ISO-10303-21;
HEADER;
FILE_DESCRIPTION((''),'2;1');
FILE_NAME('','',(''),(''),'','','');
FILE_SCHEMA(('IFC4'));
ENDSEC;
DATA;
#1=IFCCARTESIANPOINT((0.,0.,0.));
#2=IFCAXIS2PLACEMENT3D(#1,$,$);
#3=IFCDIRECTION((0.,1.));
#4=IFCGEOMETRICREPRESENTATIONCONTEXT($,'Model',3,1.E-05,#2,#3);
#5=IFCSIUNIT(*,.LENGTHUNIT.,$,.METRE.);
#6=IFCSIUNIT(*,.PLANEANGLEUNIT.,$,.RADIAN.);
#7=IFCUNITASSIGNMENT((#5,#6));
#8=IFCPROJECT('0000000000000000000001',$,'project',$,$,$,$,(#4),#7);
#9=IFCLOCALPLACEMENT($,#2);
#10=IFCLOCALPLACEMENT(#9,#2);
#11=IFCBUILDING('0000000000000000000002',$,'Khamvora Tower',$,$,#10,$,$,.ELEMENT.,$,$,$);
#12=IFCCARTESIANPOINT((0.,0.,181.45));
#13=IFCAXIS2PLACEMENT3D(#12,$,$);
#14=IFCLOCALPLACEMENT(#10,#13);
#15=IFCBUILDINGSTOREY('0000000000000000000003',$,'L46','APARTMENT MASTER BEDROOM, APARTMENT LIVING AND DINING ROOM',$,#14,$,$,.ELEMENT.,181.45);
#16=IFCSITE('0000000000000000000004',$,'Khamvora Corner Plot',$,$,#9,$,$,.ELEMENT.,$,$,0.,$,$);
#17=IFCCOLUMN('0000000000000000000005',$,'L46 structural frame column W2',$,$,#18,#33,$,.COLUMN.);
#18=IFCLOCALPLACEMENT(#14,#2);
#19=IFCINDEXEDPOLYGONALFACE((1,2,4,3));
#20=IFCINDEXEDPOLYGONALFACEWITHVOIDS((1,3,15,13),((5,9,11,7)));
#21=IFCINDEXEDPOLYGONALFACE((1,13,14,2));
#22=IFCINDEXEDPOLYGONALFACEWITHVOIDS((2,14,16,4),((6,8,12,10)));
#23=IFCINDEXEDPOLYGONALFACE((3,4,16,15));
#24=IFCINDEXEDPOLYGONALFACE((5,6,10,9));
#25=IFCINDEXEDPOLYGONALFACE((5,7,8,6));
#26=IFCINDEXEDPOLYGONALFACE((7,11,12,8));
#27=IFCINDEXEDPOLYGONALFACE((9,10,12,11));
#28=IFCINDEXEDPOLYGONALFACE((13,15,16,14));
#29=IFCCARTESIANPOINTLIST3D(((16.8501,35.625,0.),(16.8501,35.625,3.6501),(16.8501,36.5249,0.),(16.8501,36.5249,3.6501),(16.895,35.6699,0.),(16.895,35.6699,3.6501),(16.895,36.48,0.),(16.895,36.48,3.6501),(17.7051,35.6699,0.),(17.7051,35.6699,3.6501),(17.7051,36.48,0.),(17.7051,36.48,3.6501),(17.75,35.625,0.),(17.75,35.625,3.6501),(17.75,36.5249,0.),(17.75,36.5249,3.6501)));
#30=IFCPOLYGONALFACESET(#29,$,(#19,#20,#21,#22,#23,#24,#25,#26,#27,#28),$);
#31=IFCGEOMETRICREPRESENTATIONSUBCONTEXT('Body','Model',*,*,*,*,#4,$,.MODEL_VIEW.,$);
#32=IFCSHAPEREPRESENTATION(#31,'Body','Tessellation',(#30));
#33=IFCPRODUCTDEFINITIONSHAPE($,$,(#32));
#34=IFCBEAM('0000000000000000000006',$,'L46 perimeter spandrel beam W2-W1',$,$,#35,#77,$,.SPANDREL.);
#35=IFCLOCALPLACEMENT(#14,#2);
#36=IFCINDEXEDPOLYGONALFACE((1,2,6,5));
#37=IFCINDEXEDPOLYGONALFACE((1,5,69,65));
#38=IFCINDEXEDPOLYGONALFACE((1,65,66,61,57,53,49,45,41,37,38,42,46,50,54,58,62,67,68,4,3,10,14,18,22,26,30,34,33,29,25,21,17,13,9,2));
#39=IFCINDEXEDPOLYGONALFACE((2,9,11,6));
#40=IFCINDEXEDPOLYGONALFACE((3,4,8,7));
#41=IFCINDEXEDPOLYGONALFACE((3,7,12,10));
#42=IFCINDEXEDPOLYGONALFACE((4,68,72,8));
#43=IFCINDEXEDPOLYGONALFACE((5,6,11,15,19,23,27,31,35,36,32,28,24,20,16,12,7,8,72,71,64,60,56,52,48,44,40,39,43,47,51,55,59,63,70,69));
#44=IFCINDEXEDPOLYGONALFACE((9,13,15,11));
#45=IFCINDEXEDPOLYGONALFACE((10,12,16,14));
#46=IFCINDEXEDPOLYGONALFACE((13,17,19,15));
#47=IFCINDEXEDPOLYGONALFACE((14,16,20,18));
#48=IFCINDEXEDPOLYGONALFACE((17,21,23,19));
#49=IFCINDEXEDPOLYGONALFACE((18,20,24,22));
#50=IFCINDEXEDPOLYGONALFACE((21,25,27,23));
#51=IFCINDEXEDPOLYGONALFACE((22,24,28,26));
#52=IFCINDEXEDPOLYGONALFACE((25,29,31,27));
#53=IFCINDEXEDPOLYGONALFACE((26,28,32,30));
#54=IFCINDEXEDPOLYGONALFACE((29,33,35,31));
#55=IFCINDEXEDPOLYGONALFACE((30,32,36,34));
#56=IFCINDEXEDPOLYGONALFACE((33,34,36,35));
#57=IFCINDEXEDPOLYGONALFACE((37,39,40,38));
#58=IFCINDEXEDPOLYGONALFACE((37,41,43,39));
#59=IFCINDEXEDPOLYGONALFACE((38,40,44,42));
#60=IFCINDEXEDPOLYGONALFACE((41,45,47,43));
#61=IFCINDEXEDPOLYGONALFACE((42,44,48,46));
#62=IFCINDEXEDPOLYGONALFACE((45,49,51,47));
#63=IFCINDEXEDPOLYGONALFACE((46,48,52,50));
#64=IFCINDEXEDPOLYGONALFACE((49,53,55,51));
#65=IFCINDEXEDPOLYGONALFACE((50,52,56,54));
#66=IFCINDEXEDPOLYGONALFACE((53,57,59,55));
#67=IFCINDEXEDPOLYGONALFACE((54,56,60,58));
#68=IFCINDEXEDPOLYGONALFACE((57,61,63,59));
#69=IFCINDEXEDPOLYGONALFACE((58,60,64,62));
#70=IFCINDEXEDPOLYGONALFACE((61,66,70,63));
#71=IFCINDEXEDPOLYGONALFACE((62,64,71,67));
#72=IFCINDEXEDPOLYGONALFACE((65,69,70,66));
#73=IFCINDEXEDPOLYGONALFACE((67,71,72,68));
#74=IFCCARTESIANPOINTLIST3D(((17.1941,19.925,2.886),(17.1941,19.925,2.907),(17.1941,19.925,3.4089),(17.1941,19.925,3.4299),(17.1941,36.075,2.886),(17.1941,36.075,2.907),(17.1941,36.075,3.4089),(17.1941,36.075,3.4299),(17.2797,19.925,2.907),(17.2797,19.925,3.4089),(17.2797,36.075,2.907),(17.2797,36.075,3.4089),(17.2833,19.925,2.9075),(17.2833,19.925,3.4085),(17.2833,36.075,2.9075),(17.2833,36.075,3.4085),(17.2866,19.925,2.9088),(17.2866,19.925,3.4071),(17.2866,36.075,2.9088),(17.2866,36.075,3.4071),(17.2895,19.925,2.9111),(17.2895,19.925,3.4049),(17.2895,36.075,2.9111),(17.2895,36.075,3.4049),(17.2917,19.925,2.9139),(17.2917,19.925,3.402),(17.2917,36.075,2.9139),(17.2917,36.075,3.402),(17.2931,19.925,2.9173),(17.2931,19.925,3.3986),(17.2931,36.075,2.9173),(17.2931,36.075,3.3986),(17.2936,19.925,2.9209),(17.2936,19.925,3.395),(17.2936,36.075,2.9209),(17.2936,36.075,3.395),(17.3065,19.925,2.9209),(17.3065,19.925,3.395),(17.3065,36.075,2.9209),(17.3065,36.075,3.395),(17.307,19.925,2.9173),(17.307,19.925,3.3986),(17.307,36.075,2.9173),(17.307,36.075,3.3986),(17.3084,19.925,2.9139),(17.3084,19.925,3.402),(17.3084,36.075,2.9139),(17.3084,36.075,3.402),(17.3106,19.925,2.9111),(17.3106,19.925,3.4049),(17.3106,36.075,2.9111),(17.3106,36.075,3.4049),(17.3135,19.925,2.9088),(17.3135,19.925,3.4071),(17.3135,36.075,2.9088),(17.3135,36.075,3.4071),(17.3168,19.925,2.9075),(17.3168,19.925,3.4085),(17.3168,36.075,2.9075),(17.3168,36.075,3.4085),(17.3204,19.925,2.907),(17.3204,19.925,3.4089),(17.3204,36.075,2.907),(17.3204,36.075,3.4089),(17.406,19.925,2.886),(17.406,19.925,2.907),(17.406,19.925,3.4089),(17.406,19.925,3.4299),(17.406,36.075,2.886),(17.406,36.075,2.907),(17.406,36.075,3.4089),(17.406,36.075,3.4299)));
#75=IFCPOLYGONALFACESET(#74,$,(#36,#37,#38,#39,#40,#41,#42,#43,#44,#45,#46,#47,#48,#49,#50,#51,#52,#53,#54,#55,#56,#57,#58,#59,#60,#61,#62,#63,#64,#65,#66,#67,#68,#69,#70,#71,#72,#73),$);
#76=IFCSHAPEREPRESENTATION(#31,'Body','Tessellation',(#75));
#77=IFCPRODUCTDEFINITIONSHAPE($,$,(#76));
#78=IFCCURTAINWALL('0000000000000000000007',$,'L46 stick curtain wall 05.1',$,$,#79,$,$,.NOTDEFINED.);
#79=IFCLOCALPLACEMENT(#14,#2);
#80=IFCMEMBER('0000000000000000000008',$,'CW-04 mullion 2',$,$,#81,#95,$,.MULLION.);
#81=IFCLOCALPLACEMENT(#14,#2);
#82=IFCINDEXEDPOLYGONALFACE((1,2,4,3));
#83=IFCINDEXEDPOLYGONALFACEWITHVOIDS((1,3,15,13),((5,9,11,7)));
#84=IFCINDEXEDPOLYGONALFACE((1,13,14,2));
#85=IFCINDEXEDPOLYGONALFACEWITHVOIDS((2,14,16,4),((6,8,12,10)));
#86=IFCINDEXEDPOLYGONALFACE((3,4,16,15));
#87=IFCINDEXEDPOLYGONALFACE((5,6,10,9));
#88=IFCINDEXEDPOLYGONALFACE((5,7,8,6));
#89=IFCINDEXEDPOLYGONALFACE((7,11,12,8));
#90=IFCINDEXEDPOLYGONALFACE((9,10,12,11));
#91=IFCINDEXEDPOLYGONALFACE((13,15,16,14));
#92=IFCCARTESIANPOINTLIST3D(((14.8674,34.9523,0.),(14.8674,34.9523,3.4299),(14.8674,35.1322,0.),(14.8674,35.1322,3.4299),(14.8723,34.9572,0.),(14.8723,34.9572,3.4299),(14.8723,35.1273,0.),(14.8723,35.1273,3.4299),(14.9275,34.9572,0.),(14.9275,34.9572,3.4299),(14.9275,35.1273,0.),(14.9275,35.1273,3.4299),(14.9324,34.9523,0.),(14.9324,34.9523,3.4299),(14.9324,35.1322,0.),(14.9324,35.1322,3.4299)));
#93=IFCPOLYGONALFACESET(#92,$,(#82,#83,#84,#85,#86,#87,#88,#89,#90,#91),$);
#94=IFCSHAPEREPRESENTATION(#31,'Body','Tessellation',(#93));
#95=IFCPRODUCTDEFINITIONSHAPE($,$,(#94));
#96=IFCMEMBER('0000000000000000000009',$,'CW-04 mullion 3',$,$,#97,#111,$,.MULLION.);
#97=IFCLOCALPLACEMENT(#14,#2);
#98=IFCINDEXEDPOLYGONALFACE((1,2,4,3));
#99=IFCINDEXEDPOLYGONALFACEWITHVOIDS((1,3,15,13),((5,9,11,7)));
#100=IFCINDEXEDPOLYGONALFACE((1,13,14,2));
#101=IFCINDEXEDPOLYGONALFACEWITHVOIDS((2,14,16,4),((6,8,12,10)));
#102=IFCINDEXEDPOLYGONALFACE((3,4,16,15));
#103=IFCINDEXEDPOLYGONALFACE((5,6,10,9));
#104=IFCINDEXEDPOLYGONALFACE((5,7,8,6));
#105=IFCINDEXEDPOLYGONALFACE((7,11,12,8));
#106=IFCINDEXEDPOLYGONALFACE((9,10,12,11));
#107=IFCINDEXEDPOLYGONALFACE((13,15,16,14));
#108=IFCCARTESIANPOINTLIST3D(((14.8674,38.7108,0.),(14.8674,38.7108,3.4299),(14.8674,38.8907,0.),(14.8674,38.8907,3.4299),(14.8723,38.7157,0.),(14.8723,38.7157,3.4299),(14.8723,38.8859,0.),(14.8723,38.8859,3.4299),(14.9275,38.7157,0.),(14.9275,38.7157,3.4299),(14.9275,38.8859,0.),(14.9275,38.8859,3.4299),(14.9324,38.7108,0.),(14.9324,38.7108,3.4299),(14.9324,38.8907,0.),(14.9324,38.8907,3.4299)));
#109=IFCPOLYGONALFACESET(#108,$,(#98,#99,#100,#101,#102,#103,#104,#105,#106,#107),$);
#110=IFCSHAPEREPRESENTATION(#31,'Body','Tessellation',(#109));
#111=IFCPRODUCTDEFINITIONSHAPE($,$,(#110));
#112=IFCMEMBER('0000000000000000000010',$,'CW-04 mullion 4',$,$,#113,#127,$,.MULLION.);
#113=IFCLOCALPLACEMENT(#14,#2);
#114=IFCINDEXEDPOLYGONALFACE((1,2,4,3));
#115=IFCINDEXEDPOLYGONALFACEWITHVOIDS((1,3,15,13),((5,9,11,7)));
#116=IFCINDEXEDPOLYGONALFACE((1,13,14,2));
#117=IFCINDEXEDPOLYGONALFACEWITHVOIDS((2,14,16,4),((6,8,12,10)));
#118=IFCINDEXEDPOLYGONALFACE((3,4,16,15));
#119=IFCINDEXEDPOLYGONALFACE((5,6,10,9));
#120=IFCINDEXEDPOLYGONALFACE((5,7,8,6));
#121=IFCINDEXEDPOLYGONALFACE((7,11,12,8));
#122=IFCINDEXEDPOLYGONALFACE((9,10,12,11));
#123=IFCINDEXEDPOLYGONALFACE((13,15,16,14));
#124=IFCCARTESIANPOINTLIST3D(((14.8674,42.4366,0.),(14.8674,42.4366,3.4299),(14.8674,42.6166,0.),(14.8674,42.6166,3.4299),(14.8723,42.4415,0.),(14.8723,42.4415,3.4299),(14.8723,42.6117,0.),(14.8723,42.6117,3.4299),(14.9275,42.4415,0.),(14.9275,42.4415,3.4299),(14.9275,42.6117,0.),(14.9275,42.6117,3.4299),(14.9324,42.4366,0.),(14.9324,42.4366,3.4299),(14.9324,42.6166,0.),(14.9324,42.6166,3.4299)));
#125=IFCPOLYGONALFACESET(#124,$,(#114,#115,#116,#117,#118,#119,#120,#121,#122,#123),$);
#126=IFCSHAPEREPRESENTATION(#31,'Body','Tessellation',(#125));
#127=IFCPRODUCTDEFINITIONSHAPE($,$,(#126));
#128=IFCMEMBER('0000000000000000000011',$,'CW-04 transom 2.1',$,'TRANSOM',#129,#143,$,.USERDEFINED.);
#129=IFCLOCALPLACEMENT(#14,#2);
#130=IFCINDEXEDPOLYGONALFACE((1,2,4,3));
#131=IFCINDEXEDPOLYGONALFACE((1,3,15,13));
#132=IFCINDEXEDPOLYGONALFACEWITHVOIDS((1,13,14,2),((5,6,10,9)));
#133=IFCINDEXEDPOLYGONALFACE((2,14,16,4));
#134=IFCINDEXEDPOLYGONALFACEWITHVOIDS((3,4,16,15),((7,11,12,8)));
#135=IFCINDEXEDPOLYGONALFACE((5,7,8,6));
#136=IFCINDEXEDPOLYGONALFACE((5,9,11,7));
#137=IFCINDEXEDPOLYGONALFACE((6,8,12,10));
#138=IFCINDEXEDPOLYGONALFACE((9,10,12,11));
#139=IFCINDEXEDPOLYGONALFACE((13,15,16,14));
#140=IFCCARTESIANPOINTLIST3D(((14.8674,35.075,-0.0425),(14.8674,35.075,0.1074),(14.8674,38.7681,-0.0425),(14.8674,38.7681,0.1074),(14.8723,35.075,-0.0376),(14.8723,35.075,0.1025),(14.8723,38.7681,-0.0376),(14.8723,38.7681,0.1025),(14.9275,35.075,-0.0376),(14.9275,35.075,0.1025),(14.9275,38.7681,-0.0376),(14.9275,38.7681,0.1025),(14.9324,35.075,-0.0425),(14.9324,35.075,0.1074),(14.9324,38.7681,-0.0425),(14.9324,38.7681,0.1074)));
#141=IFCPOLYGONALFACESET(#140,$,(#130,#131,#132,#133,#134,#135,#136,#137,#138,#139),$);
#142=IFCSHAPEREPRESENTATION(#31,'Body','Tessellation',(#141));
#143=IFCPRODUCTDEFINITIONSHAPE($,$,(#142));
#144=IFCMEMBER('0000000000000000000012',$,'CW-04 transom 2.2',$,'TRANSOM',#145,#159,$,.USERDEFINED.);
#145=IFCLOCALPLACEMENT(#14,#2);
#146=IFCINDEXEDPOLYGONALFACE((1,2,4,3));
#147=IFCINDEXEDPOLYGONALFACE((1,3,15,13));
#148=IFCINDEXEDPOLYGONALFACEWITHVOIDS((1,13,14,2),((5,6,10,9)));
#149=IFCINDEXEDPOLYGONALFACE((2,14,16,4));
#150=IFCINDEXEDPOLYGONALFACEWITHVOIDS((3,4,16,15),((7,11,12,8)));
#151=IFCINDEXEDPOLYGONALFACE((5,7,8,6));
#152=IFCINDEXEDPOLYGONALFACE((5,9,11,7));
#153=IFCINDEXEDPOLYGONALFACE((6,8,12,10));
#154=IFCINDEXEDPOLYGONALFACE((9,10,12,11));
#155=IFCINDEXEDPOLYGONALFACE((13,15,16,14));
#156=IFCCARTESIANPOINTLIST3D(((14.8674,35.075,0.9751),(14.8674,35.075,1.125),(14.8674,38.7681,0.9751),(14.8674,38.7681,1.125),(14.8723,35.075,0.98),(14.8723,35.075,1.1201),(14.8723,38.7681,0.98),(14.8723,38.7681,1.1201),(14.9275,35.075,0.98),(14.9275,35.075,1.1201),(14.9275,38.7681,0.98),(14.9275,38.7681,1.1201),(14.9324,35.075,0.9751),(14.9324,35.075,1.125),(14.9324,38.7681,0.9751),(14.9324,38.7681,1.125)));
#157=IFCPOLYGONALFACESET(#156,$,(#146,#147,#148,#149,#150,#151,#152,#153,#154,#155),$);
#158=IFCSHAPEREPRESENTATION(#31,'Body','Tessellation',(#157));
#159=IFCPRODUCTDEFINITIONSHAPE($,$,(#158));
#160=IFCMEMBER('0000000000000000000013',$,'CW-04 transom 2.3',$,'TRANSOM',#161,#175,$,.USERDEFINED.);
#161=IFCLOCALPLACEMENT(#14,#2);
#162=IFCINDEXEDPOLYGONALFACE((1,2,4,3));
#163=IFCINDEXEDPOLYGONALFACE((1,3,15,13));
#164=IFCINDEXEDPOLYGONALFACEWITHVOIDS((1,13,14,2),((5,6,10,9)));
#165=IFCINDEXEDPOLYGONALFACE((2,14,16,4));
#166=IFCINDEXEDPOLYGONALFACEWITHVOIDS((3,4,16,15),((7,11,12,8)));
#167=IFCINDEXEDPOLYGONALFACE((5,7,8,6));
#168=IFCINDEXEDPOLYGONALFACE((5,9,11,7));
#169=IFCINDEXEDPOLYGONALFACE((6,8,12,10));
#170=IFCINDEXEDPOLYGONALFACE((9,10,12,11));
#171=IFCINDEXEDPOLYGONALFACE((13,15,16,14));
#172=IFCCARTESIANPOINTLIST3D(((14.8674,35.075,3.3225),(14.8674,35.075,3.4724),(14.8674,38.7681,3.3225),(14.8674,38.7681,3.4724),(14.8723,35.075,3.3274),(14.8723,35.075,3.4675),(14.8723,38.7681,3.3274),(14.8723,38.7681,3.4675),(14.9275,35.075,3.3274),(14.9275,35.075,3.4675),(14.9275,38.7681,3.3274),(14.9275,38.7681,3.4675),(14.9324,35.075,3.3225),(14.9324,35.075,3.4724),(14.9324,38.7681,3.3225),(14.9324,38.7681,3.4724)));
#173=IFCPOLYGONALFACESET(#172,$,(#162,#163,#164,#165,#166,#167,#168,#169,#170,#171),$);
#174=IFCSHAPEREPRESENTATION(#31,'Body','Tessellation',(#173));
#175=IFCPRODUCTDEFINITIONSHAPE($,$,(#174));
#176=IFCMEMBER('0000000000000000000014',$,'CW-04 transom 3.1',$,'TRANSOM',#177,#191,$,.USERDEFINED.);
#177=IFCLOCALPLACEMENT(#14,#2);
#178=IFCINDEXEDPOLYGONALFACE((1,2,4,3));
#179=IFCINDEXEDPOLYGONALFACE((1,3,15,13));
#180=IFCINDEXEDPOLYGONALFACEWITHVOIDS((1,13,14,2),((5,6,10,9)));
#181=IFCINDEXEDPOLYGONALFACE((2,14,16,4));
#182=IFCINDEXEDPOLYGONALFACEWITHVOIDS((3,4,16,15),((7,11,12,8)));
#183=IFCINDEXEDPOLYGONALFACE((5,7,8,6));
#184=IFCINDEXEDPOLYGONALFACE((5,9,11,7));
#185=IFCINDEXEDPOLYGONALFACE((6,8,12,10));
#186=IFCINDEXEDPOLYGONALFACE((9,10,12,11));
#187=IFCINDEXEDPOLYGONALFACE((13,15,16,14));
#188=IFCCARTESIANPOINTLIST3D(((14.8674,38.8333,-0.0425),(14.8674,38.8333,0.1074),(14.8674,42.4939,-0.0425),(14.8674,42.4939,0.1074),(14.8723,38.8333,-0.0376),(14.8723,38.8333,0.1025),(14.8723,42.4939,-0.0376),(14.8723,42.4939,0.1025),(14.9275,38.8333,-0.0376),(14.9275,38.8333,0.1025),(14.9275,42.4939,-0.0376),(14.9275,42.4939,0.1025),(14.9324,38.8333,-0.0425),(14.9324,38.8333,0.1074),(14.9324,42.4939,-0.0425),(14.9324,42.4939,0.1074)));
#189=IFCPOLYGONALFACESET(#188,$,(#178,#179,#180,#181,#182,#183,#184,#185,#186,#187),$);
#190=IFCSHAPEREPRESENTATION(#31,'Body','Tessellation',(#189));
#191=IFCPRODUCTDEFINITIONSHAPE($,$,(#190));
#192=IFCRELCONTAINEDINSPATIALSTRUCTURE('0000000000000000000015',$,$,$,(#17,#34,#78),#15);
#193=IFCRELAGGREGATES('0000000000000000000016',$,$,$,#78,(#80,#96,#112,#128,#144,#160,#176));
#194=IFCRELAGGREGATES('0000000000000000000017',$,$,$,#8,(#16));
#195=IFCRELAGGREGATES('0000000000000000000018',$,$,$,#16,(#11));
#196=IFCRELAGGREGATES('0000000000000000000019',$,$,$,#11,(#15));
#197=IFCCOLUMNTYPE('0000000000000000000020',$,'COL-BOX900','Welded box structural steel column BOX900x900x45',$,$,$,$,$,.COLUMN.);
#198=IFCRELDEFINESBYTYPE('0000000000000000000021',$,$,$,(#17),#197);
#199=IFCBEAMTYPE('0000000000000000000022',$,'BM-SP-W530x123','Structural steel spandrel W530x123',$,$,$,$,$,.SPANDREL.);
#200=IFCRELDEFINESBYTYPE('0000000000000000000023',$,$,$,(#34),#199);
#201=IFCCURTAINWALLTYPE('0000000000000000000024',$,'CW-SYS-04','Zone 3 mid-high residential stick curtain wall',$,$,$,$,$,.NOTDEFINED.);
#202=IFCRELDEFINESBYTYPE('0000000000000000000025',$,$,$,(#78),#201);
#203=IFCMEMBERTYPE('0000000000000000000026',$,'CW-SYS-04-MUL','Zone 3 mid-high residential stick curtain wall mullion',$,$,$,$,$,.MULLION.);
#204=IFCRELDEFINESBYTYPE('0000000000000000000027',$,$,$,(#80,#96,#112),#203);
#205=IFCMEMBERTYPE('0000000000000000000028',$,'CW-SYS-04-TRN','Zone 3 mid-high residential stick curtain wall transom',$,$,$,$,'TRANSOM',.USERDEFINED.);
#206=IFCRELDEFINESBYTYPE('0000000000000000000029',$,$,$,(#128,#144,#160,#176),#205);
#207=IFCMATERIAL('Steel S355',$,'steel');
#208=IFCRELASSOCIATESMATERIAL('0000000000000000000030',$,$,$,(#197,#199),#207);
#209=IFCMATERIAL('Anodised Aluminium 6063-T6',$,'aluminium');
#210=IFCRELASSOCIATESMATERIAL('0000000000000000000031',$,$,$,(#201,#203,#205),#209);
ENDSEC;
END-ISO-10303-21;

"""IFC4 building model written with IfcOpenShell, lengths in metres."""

from ifc_helpers import new_model, si_unit, direction, frame, origin, origin_2d, place, context, subcontext, project, spatial, hollow_rectangle, i_section, extrude, material, material_profile, profile_set, type_object, element, aggregate, save


model = new_model("IFC4")

# Units and contexts
model_context = context("Model", 3, precision=1e-05, world=origin(), true_north=direction((0.0, 1.0)))
body_context = subcontext(model_context, "Body", "Model", "MODEL_VIEW")
ifc_project = project(units=[si_unit("LENGTHUNIT", "METRE"), si_unit("PLANEANGLEUNIT", "RADIAN")], contexts=[model_context])

# Site, building, storey
site_placement = place(None, origin())
site = spatial("IfcSite", under=ifc_project, at=site_placement, Name="Khamvora Corner Plot", CompositionType="ELEMENT", RefElevation=0.0)
building_placement = place(site_placement, origin())
building = spatial("IfcBuilding", under=site, at=building_placement, Name="Khamvora Tower", CompositionType="ELEMENT")
storey_placement = place(building_placement, frame((0.0, 0.0, 181.45)))
storey = spatial("IfcBuildingStorey", under=building, at=storey_placement, Name="L46", Description="APARTMENT MASTER BEDROOM, APARTMENT LIVING AND DINING ROOM", CompositionType="ELEMENT", Elevation=181.45)

# Column
ifc_material_1 = material(Name="Steel S355", Category="steel")
ifc_material_profile_1 = material_profile(ifc_material_1, hollow_rectangle(XDim=0.8999, YDim=0.8999, WallThickness=0.0449, at=origin_2d()), Name="BOX900x900x45")
ifc_profile_set_1 = profile_set([ifc_material_profile_1], Name="Steel S355")
column_type = type_object("IfcColumnType", Name="COL-BOX900", Description="Welded box structural steel column BOX900x900x45", PredefinedType="COLUMN", material=ifc_profile_set_1)
column_placement = place(storey_placement, frame((17.3, 36.075, 0.0), z_axis=(0.0, 0.0, 1.0), x_axis=(1.0, 0.0, 0.0)))
element("IfcColumn", 1, at=column_placement, inside=storey, type_object=column_type, Name="L46 structural frame column W2", PredefinedType="COLUMN", context=body_context, shape_type="SweptSolid", body=[
    extrude(hollow_rectangle(XDim=0.8999, YDim=0.8999, WallThickness=0.0449, at=origin_2d()), origin(), (0.0, 0.0, 1.0), 3.6501),
])

# Beam
ifc_material_profile_2 = material_profile(ifc_material_1, i_section(OverallWidth=0.2119, OverallDepth=0.5439, WebThickness=0.0129, FlangeThickness=0.021, FilletRadius=0.0139, at=origin_2d()), Name="W530x123")
ifc_profile_set_2 = profile_set([ifc_material_profile_2], Name="Steel S355")
beam_type = type_object("IfcBeamType", Name="BM-SP-W530x123", Description="Structural steel spandrel W530x123", PredefinedType="SPANDREL", material=ifc_profile_set_2)
beam_placement = place(storey_placement, frame((17.3, 36.075, 3.158), z_axis=(0.0, -1.0, 0.0), x_axis=(1.0, 0.0, 0.0)))
element("IfcBeam", 2, at=beam_placement, inside=storey, type_object=beam_type, Name="L46 perimeter spandrel beam W2-W1", PredefinedType="SPANDREL", context=body_context, shape_type="SweptSolid", body=[
    extrude(i_section(OverallWidth=0.2119, OverallDepth=0.5439, WebThickness=0.0129, FlangeThickness=0.021, FilletRadius=0.0139, at=origin_2d()), origin(), (0.0, 0.0, 1.0), 16.1499),
])

# Curtain wall, members
ifc_material_2 = material(Name="Anodised Aluminium 6063-T6", Category="aluminium")
curtain_wall_type = type_object("IfcCurtainWallType", Name="CW-SYS-04", Description="Zone 3 mid-high residential stick curtain wall", PredefinedType="NOTDEFINED", material=ifc_material_2)
curtain_wall_placement = place(storey_placement, origin())
curtain_wall = element("IfcCurtainWall", 3, at=curtain_wall_placement, inside=storey, type_object=curtain_wall_type, Name="L46 stick curtain wall 05.1", PredefinedType="NOTDEFINED")
ifc_material_profile_3 = material_profile(ifc_material_2, hollow_rectangle(XDim=0.0649, YDim=0.1799, WallThickness=0.0049, at=origin_2d()), Name="MUL65x180x5")
ifc_profile_set_3 = profile_set([ifc_material_profile_3], Name="Anodised Aluminium 6063-T6")
member_type_1 = type_object("IfcMemberType", Name="CW-SYS-04-MUL", Description="Zone 3 mid-high residential stick curtain wall mullion", PredefinedType="MULLION", material=ifc_profile_set_3)
member_1_placement = place(storey_placement, frame((14.8999, 35.0422, 0.0), z_axis=(0.0, 0.0, 1.0), x_axis=(-1.0, 0.0, 0.0)))
member_1 = element("IfcMember", 4, at=member_1_placement, type_object=member_type_1, Name="CW-04 mullion 2", PredefinedType="MULLION", context=body_context, shape_type="SweptSolid", body=[
    extrude(hollow_rectangle(XDim=0.0649, YDim=0.1799, WallThickness=0.0049, at=origin_2d()), origin(), (0.0, 0.0, 1.0), 3.4299),
])
member_2_placement = place(storey_placement, frame((14.8999, 38.8008, 0.0), z_axis=(0.0, 0.0, 1.0), x_axis=(-1.0, 0.0, 0.0)))
member_2 = element("IfcMember", 5, at=member_2_placement, type_object=member_type_1, Name="CW-04 mullion 3", PredefinedType="MULLION", context=body_context, shape_type="SweptSolid", body=[
    extrude(hollow_rectangle(XDim=0.0649, YDim=0.1799, WallThickness=0.0049, at=origin_2d()), origin(), (0.0, 0.0, 1.0), 3.4299),
])
member_3_placement = place(storey_placement, frame((14.8999, 42.5266, 0.0), z_axis=(0.0, 0.0, 1.0), x_axis=(-1.0, 0.0, 0.0)))
member_3 = element("IfcMember", 6, at=member_3_placement, type_object=member_type_1, Name="CW-04 mullion 4", PredefinedType="MULLION", context=body_context, shape_type="SweptSolid", body=[
    extrude(hollow_rectangle(XDim=0.0649, YDim=0.1799, WallThickness=0.0049, at=origin_2d()), origin(), (0.0, 0.0, 1.0), 3.4299),
])
ifc_material_profile_4 = material_profile(ifc_material_2, hollow_rectangle(XDim=0.0649, YDim=0.1499, WallThickness=0.0049, at=origin_2d()), Name="TRN65x150x5")
ifc_profile_set_4 = profile_set([ifc_material_profile_4], Name="Anodised Aluminium 6063-T6")
member_type_2 = type_object("IfcMemberType", Name="CW-SYS-04-TRN", Description="Zone 3 mid-high residential stick curtain wall transom", ElementType="TRANSOM", PredefinedType="USERDEFINED", material=ifc_profile_set_4)
member_4_placement = place(storey_placement, frame((14.8999, 35.075, 0.0325), z_axis=(0.0, 1.0, 0.0), x_axis=(-1.0, 0.0, 0.0)))
member_4 = element("IfcMember", 7, at=member_4_placement, type_object=member_type_2, Name="CW-04 transom 2.1", ObjectType="TRANSOM", PredefinedType="USERDEFINED", context=body_context, shape_type="SweptSolid", body=[
    extrude(hollow_rectangle(XDim=0.0649, YDim=0.1499, WallThickness=0.0049, at=origin_2d()), origin(), (0.0, 0.0, 1.0), 3.6931),
])
member_5_placement = place(storey_placement, frame((14.8999, 35.075, 1.05), z_axis=(0.0, 1.0, 0.0), x_axis=(-1.0, 0.0, 0.0)))
member_5 = element("IfcMember", 8, at=member_5_placement, type_object=member_type_2, Name="CW-04 transom 2.2", ObjectType="TRANSOM", PredefinedType="USERDEFINED", context=body_context, shape_type="SweptSolid", body=[
    extrude(hollow_rectangle(XDim=0.0649, YDim=0.1499, WallThickness=0.0049, at=origin_2d()), origin(), (0.0, 0.0, 1.0), 3.6931),
])
member_6_placement = place(storey_placement, frame((14.8999, 35.075, 3.3975), z_axis=(0.0, 1.0, 0.0), x_axis=(-1.0, 0.0, 0.0)))
member_6 = element("IfcMember", 9, at=member_6_placement, type_object=member_type_2, Name="CW-04 transom 2.3", ObjectType="TRANSOM", PredefinedType="USERDEFINED", context=body_context, shape_type="SweptSolid", body=[
    extrude(hollow_rectangle(XDim=0.0649, YDim=0.1499, WallThickness=0.0049, at=origin_2d()), origin(), (0.0, 0.0, 1.0), 3.6931),
])
member_7_placement = place(storey_placement, frame((14.8999, 38.8333, 0.0325), z_axis=(0.0, 1.0, 0.0), x_axis=(-1.0, 0.0, 0.0)))
member_7 = element("IfcMember", 10, at=member_7_placement, type_object=member_type_2, Name="CW-04 transom 3.1", ObjectType="TRANSOM", PredefinedType="USERDEFINED", context=body_context, shape_type="SweptSolid", body=[
    extrude(hollow_rectangle(XDim=0.0649, YDim=0.1499, WallThickness=0.0049, at=origin_2d()), origin(), (0.0, 0.0, 1.0), 3.6606),
])
aggregate(curtain_wall, [member_1, member_2, member_3, member_4, member_5, member_6, member_7])

save(model, "model.ifc")
